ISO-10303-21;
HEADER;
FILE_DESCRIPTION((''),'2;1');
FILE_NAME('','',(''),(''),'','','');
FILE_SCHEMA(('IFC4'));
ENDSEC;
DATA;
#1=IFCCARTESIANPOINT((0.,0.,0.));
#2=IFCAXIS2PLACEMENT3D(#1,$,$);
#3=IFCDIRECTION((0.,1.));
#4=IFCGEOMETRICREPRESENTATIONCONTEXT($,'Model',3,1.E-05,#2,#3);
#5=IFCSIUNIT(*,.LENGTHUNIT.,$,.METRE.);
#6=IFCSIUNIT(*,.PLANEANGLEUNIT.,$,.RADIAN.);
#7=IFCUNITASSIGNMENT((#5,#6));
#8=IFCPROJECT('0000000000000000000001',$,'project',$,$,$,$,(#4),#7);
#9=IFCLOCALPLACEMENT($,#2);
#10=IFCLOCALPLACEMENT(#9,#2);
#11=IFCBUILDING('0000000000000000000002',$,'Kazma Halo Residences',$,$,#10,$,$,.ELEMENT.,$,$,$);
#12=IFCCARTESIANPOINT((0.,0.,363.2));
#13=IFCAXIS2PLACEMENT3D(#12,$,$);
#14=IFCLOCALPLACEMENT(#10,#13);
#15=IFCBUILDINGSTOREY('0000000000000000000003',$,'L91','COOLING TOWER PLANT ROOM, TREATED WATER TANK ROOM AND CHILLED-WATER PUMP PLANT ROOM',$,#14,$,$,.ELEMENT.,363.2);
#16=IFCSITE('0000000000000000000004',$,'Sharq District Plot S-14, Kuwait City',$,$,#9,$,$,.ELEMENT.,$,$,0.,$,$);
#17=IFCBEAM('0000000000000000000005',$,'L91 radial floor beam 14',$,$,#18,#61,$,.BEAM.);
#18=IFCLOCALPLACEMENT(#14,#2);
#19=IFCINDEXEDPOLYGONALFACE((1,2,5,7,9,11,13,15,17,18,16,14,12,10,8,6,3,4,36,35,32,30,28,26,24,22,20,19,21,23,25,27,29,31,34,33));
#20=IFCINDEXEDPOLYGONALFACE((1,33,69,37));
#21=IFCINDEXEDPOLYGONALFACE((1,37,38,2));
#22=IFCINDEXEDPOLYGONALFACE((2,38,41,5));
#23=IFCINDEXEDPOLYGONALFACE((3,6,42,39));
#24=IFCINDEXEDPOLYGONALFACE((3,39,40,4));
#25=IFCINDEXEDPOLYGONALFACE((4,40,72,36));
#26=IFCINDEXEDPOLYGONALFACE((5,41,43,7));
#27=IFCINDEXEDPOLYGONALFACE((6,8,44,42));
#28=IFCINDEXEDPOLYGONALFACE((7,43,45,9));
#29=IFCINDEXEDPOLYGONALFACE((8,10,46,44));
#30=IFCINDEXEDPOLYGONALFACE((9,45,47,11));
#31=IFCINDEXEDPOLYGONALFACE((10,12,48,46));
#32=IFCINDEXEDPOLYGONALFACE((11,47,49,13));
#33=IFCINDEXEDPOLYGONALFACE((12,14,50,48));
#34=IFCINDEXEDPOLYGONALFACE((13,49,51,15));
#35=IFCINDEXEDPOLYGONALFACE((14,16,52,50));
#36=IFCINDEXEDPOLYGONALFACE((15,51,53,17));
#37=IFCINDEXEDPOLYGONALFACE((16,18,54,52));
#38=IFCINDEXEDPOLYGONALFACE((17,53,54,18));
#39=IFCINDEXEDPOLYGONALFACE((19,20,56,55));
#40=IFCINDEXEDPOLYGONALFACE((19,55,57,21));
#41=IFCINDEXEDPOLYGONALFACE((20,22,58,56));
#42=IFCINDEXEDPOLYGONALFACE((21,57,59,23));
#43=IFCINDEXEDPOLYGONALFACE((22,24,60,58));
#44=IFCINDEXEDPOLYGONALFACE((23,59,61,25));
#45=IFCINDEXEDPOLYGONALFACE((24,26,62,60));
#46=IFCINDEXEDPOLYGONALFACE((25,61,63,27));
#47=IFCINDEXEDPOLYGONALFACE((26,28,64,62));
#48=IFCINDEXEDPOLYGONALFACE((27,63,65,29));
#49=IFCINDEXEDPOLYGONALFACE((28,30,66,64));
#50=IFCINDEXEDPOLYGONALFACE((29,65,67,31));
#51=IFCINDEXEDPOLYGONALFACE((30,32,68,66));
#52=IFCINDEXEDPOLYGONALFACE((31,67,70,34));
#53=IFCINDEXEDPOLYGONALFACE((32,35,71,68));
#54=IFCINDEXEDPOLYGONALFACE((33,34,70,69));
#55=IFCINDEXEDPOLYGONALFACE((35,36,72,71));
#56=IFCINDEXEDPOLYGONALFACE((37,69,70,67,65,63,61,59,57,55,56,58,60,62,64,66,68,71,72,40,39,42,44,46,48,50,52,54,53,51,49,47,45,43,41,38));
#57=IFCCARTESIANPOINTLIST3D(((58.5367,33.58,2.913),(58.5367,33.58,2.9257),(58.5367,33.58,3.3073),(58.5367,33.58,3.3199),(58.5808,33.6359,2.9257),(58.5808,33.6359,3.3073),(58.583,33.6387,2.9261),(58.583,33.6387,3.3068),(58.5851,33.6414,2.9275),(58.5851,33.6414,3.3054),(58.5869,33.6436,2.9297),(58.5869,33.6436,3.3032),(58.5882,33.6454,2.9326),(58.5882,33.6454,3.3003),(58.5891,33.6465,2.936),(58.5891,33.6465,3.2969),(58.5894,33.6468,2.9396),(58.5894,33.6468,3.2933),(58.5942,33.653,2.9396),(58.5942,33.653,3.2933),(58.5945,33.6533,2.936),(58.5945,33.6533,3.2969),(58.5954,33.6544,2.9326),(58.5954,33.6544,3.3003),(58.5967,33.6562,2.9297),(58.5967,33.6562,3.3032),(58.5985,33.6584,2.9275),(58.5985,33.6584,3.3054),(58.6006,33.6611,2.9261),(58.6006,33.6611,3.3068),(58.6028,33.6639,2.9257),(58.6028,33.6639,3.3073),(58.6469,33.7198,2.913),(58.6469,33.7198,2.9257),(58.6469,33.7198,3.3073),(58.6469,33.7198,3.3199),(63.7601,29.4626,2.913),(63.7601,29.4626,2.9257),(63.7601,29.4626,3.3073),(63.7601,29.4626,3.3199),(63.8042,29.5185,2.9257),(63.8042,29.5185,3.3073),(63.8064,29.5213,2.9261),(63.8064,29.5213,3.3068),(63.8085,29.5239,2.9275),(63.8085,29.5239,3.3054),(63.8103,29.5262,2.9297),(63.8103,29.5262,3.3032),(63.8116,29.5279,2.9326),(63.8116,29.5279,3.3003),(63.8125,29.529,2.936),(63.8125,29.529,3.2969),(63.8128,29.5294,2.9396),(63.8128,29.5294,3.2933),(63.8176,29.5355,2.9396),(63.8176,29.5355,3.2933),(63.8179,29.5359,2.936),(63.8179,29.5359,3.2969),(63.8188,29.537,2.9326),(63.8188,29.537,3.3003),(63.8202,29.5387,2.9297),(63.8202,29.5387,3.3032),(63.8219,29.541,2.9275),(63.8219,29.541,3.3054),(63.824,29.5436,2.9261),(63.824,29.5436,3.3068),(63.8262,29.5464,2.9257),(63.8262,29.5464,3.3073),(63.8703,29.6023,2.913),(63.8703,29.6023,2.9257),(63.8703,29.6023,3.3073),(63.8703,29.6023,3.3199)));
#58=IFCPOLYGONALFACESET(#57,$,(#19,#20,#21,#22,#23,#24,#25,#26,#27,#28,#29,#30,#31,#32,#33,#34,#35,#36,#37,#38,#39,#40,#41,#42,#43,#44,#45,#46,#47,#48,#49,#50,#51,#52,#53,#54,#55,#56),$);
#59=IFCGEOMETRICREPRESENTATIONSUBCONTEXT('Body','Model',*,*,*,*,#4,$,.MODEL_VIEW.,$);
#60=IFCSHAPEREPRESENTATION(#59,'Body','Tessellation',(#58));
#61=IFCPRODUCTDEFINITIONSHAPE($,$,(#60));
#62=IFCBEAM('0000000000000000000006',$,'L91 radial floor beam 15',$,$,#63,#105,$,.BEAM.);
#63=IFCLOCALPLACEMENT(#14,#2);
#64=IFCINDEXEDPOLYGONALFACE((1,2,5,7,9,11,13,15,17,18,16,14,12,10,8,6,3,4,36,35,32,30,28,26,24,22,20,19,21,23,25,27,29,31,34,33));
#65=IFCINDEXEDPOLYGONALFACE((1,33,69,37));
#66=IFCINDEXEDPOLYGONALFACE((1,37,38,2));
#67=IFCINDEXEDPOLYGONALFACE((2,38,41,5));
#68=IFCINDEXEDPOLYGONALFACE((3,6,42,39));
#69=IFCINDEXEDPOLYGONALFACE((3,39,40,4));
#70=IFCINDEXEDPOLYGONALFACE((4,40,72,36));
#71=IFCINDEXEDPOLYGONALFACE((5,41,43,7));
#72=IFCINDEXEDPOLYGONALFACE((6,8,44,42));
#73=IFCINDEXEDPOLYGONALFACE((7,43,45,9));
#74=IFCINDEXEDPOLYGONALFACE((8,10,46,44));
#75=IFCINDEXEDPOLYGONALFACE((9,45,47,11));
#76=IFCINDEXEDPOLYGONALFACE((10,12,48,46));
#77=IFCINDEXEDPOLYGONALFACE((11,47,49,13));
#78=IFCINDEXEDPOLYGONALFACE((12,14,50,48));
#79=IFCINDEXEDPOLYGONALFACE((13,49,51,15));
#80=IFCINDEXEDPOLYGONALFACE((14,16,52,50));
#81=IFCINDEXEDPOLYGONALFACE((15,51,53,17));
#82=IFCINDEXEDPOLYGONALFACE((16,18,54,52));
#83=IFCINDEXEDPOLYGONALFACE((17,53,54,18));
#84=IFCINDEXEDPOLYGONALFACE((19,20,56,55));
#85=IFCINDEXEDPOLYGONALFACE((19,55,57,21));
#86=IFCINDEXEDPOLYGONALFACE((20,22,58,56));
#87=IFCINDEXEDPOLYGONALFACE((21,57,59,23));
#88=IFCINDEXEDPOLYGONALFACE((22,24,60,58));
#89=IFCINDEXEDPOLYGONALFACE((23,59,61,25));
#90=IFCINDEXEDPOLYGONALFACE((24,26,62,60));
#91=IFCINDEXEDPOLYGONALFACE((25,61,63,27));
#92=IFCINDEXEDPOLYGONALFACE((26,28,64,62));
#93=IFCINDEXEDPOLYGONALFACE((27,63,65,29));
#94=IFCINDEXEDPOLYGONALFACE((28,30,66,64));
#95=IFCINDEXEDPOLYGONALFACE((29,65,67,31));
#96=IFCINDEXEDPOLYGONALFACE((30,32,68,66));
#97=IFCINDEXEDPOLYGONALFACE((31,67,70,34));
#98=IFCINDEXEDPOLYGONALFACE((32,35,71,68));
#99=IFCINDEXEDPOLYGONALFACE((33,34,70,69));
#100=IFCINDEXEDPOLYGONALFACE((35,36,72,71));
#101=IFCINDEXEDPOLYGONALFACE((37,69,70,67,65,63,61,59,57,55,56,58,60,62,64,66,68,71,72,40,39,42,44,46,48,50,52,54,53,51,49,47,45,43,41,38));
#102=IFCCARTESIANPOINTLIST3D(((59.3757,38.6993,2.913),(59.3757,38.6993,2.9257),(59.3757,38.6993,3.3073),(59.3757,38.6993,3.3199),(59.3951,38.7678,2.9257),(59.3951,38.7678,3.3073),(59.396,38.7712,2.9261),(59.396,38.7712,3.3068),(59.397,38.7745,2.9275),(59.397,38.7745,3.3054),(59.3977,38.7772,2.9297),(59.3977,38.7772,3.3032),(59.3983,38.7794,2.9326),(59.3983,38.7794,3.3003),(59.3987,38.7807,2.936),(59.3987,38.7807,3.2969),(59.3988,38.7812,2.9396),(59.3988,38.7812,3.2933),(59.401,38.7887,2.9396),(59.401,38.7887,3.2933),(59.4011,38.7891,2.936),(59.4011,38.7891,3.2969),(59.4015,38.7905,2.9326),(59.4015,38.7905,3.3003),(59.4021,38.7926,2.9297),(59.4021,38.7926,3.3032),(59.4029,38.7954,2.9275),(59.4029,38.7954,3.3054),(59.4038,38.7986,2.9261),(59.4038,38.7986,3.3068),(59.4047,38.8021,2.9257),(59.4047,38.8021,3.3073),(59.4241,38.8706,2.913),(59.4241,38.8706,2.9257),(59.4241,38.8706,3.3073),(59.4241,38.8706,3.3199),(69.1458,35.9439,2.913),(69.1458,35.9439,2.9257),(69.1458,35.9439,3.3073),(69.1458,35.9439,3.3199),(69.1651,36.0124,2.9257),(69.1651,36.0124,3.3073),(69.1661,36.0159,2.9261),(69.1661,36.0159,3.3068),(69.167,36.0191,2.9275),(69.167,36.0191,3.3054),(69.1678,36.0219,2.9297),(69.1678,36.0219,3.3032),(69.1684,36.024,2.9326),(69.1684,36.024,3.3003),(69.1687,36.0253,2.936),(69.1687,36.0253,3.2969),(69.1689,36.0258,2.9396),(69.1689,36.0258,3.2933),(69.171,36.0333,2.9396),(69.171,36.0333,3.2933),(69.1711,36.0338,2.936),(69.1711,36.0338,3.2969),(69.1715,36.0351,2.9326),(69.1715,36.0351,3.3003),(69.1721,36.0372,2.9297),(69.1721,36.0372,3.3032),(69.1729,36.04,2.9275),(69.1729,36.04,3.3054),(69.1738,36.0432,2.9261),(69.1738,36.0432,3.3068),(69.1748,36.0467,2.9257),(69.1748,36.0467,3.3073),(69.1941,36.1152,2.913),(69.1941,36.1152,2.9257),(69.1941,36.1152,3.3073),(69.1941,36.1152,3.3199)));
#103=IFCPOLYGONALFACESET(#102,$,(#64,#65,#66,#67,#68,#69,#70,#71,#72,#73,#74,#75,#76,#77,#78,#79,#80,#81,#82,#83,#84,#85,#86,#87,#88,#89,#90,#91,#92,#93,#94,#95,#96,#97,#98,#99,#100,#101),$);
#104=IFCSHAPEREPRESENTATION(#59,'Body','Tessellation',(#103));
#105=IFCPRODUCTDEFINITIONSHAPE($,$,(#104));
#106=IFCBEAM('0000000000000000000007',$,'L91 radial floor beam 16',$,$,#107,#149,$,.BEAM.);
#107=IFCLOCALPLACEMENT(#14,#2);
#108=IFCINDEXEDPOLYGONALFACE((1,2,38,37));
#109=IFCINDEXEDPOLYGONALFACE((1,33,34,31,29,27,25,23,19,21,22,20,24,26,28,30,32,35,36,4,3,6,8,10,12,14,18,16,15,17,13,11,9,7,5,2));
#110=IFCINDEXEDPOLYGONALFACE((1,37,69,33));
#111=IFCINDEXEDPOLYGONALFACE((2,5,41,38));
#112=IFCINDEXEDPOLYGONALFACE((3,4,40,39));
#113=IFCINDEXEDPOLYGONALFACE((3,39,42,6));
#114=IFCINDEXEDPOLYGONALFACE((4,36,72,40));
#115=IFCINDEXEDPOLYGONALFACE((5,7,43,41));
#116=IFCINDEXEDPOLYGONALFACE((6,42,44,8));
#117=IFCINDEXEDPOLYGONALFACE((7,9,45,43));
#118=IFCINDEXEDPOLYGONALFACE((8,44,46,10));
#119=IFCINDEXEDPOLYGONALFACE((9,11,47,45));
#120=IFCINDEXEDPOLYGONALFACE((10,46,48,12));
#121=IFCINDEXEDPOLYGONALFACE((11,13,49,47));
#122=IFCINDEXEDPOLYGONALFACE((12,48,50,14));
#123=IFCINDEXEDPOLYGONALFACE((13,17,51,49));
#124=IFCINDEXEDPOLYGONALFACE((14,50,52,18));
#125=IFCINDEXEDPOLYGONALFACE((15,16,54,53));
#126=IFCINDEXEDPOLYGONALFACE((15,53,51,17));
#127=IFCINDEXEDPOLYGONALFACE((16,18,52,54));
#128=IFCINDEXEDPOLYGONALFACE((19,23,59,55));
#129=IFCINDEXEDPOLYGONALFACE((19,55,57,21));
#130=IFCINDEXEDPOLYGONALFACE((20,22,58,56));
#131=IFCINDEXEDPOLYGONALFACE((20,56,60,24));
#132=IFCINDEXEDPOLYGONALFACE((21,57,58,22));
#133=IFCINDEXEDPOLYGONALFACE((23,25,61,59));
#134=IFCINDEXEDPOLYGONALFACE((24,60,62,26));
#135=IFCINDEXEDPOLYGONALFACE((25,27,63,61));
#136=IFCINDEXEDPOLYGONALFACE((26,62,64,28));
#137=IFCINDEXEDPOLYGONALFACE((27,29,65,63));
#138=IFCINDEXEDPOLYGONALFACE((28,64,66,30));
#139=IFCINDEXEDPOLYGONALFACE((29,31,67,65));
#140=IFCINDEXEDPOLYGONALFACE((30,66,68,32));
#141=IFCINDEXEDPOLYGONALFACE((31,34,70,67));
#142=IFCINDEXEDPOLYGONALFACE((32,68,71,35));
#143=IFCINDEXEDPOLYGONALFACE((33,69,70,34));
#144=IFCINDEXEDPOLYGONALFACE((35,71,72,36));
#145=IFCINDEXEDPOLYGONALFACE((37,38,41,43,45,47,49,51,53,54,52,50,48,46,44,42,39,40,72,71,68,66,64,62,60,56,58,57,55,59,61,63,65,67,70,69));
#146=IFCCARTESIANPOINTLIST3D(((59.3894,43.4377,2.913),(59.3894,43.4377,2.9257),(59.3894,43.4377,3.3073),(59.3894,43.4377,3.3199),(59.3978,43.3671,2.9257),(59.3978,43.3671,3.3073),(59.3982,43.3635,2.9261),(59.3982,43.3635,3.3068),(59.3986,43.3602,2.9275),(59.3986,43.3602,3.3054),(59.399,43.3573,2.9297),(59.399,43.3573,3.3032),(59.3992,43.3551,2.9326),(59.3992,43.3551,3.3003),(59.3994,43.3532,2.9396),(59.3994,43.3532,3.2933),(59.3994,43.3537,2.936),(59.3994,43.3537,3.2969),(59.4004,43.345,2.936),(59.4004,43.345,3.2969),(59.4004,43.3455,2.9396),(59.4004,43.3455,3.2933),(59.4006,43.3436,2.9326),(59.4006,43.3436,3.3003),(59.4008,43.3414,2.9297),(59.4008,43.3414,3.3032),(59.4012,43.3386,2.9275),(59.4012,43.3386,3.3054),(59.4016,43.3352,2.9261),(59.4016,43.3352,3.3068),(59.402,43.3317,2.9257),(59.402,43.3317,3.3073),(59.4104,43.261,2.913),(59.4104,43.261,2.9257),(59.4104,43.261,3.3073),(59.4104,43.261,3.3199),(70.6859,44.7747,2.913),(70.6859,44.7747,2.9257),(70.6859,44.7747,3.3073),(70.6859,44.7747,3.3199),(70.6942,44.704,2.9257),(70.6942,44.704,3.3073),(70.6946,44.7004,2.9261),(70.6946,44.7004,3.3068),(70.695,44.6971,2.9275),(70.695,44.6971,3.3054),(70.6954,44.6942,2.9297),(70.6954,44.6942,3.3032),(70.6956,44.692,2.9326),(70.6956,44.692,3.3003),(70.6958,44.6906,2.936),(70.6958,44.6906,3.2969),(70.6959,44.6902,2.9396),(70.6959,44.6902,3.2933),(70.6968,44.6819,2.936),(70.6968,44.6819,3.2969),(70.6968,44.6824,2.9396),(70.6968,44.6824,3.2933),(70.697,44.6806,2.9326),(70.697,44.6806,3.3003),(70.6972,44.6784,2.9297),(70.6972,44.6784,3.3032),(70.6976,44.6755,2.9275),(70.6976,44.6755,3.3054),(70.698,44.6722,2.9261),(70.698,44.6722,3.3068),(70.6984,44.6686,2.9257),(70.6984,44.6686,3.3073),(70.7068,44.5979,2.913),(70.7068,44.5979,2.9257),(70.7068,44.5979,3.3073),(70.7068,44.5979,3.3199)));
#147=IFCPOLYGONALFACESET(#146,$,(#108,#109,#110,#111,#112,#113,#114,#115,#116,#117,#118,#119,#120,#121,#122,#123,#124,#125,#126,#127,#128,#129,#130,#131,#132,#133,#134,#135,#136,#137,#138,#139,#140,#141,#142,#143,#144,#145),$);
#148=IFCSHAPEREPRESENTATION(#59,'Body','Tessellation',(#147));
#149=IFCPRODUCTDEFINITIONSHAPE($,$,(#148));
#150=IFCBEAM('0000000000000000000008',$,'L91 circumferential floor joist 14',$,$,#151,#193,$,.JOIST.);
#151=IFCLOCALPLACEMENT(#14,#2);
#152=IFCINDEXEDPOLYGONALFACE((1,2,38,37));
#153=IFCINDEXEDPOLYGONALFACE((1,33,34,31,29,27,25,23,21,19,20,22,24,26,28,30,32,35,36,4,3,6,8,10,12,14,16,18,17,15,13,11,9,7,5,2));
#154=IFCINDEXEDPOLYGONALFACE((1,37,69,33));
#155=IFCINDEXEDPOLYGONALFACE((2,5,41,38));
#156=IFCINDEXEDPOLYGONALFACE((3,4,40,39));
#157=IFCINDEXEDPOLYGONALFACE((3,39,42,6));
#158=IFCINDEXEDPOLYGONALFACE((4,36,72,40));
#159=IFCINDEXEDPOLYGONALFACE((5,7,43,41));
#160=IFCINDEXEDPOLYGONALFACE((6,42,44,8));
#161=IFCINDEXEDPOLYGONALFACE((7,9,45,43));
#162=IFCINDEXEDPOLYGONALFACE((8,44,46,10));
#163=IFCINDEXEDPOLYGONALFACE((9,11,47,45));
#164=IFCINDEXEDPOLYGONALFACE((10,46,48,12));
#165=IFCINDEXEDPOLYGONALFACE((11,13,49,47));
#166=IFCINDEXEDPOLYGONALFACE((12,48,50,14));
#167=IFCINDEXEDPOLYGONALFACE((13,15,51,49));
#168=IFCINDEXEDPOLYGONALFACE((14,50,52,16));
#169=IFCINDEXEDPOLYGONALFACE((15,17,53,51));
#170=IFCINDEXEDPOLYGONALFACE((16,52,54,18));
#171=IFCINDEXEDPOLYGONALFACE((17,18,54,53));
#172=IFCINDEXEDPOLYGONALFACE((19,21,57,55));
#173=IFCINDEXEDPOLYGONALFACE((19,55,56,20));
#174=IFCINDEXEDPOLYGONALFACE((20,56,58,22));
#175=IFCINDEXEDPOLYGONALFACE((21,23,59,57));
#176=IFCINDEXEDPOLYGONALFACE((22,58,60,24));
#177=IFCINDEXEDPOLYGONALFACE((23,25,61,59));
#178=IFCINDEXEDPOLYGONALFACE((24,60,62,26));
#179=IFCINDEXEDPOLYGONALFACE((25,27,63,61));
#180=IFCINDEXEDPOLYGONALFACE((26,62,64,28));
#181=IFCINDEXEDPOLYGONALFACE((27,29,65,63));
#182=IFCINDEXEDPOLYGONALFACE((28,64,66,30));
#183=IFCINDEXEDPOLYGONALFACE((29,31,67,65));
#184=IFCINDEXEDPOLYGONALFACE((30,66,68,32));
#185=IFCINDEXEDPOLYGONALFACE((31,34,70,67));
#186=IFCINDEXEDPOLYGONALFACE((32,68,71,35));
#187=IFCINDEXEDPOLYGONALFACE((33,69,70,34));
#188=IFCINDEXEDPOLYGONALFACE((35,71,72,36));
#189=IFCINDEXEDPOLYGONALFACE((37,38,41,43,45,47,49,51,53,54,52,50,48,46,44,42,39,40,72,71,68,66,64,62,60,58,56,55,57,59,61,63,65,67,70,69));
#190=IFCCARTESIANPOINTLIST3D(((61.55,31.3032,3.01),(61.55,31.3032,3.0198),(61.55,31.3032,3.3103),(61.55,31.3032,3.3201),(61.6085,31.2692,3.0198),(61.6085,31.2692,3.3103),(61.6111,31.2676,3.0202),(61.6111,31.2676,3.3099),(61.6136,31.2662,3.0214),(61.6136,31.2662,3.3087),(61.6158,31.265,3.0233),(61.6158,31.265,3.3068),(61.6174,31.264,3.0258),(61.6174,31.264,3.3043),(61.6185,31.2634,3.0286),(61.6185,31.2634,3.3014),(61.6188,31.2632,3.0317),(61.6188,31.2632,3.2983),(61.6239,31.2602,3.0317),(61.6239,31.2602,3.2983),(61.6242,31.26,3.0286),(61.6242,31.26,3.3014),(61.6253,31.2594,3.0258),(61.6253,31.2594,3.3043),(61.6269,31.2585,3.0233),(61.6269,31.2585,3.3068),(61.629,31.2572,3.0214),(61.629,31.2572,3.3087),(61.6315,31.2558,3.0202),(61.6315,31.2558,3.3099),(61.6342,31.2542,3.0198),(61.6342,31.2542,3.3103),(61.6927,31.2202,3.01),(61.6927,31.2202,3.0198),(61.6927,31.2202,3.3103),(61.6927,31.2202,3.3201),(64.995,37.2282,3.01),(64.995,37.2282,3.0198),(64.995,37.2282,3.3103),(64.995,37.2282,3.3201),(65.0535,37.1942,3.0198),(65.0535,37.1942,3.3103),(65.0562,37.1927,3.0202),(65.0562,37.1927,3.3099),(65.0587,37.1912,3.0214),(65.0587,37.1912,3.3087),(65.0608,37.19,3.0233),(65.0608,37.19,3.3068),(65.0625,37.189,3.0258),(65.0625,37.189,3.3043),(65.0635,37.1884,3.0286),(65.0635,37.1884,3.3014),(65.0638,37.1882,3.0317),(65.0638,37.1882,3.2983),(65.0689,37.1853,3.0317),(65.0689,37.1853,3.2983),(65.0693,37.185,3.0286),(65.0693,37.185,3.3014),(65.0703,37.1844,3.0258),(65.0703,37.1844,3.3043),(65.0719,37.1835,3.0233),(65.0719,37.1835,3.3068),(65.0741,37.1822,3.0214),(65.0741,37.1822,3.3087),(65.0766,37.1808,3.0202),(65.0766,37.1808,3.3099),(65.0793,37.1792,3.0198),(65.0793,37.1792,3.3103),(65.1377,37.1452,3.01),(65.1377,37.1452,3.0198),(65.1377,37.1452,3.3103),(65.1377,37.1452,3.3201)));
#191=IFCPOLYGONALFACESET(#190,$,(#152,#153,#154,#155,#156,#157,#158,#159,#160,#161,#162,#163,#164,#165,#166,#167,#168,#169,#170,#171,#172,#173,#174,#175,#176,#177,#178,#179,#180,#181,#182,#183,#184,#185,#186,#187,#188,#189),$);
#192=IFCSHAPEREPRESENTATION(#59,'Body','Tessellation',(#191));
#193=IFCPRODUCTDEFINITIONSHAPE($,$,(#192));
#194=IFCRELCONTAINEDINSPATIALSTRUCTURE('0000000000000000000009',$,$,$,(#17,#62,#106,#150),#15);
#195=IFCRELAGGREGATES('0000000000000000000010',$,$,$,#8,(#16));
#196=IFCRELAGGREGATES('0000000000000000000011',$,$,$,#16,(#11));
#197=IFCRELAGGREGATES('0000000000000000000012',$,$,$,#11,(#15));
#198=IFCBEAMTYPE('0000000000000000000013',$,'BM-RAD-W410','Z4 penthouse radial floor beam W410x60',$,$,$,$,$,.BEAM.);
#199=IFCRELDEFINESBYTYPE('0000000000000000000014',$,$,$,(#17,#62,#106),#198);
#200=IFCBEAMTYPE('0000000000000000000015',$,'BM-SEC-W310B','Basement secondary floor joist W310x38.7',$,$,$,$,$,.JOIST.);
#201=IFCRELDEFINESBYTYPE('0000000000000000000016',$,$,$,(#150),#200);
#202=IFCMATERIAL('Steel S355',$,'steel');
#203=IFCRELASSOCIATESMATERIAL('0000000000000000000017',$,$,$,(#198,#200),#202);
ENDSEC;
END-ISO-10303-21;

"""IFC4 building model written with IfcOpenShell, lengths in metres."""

from ifc_helpers import new_model, si_unit, direction, frame, origin, origin_2d, place, context, subcontext, project, spatial, i_section, extrude, material, material_profile, profile_set, type_object, element, save


model = new_model("IFC4")

# Units and contexts
model_context = context("Model", 3, precision=1e-05, world=origin(), true_north=direction((0.0, 1.0)))
body_context = subcontext(model_context, "Body", "Model", "MODEL_VIEW")
ifc_project = project(units=[si_unit("LENGTHUNIT", "METRE"), si_unit("PLANEANGLEUNIT", "RADIAN")], contexts=[model_context])

# Site, building, storey
site_placement = place(None, origin())
site = spatial("IfcSite", under=ifc_project, at=site_placement, Name="Sharq District Plot S-14, Kuwait City", CompositionType="ELEMENT", RefElevation=0.0)
building_placement = place(site_placement, origin())
building = spatial("IfcBuilding", under=site, at=building_placement, Name="Kazma Halo Residences", CompositionType="ELEMENT")
storey_placement = place(building_placement, frame((0.0, 0.0, 363.2)))
storey = spatial("IfcBuildingStorey", under=building, at=storey_placement, Name="L91", Description="COOLING TOWER PLANT ROOM, TREATED WATER TANK ROOM AND CHILLED-WATER PUMP PLANT ROOM", CompositionType="ELEMENT", Elevation=363.2)

# Shared definitions
ifc_material_1 = material(Name="Steel S355", Category="steel")

# Beams
ifc_material_profile_1 = material_profile(ifc_material_1, i_section(OverallWidth=0.178, OverallDepth=0.407, WebThickness=0.0078, FlangeThickness=0.0127, FilletRadius=0.0139, at=origin_2d()), Name="W410x60")
ifc_profile_set_1 = profile_set([ifc_material_profile_1], Name="Steel S355")
beam_type_1 = type_object("IfcBeamType", Name="BM-RAD-W410", Description="Z4 penthouse radial floor beam W410x60", PredefinedType="BEAM", material=ifc_profile_set_1)
beam_1_placement = place(storey_placement, frame((58.5918, 33.6499, 3.1165), z_axis=(0.785343, -0.619061, 0.0), x_axis=(0.619061, 0.785343, 0.0)))
element("IfcBeam", 1, at=beam_1_placement, inside=storey, type_object=beam_type_1, Name="L91 radial floor beam 14", PredefinedType="BEAM", context=body_context, shape_type="SweptSolid", body=[
    extrude(i_section(OverallWidth=0.178, OverallDepth=0.407, WebThickness=0.0078, FlangeThickness=0.0127, FilletRadius=0.0139, at=origin_2d()), origin(), (0.0, 0.0, 1.0), 6.6511),
])
beam_2_placement = place(storey_placement, frame((59.3999, 38.7849, 3.1165), z_axis=(0.962457, -0.271435, 0.0), x_axis=(0.271435, 0.962457, 0.0)))
element("IfcBeam", 2, at=beam_2_placement, inside=storey, type_object=beam_type_1, Name="L91 radial floor beam 15", PredefinedType="BEAM", context=body_context, shape_type="SweptSolid", body=[
    extrude(i_section(OverallWidth=0.178, OverallDepth=0.407, WebThickness=0.0078, FlangeThickness=0.0127, FilletRadius=0.0139, at=origin_2d()), origin(), (0.0, 0.0, 1.0), 10.1511),
])
beam_3_placement = place(storey_placement, frame((59.3999, 43.3494, 3.1165), z_axis=(0.993069, 0.117529, 0.0), x_axis=(-0.117529, 0.993069, 0.0)))
element("IfcBeam", 3, at=beam_3_placement, inside=storey, type_object=beam_type_1, Name="L91 radial floor beam 16", PredefinedType="BEAM", context=body_context, shape_type="SweptSolid", body=[
    extrude(i_section(OverallWidth=0.178, OverallDepth=0.407, WebThickness=0.0078, FlangeThickness=0.0127, FilletRadius=0.0139, at=origin_2d()), origin(), (0.0, 0.0, 1.0), 11.3752),
])
ifc_material_profile_2 = material_profile(ifc_material_1, i_section(OverallWidth=0.165, OverallDepth=0.3101, WebThickness=0.0059, FlangeThickness=0.0098, FilletRadius=0.012, at=origin_2d()), Name="W310x38.7")
ifc_profile_set_2 = profile_set([ifc_material_profile_2], Name="Steel S355")
beam_type_2 = type_object("IfcBeamType", Name="BM-SEC-W310B", Description="Basement secondary floor joist W310x38.7", PredefinedType="JOIST", material=ifc_profile_set_2)
beam_4_placement = place(storey_placement, frame((61.6213, 31.2617, 3.165), z_axis=(0.50265, 0.86449, 0.0), x_axis=(-0.86449, 0.50265, 0.0)))
element("IfcBeam", 4, at=beam_4_placement, inside=storey, type_object=beam_type_2, Name="L91 circumferential floor joist 14", PredefinedType="JOIST", context=body_context, shape_type="SweptSolid", body=[
    extrude(i_section(OverallWidth=0.165, OverallDepth=0.3101, WebThickness=0.0059, FlangeThickness=0.0098, FilletRadius=0.012, at=origin_2d()), origin(), (0.0, 0.0, 1.0), 6.8538),
])

save(model, "model.ifc")
